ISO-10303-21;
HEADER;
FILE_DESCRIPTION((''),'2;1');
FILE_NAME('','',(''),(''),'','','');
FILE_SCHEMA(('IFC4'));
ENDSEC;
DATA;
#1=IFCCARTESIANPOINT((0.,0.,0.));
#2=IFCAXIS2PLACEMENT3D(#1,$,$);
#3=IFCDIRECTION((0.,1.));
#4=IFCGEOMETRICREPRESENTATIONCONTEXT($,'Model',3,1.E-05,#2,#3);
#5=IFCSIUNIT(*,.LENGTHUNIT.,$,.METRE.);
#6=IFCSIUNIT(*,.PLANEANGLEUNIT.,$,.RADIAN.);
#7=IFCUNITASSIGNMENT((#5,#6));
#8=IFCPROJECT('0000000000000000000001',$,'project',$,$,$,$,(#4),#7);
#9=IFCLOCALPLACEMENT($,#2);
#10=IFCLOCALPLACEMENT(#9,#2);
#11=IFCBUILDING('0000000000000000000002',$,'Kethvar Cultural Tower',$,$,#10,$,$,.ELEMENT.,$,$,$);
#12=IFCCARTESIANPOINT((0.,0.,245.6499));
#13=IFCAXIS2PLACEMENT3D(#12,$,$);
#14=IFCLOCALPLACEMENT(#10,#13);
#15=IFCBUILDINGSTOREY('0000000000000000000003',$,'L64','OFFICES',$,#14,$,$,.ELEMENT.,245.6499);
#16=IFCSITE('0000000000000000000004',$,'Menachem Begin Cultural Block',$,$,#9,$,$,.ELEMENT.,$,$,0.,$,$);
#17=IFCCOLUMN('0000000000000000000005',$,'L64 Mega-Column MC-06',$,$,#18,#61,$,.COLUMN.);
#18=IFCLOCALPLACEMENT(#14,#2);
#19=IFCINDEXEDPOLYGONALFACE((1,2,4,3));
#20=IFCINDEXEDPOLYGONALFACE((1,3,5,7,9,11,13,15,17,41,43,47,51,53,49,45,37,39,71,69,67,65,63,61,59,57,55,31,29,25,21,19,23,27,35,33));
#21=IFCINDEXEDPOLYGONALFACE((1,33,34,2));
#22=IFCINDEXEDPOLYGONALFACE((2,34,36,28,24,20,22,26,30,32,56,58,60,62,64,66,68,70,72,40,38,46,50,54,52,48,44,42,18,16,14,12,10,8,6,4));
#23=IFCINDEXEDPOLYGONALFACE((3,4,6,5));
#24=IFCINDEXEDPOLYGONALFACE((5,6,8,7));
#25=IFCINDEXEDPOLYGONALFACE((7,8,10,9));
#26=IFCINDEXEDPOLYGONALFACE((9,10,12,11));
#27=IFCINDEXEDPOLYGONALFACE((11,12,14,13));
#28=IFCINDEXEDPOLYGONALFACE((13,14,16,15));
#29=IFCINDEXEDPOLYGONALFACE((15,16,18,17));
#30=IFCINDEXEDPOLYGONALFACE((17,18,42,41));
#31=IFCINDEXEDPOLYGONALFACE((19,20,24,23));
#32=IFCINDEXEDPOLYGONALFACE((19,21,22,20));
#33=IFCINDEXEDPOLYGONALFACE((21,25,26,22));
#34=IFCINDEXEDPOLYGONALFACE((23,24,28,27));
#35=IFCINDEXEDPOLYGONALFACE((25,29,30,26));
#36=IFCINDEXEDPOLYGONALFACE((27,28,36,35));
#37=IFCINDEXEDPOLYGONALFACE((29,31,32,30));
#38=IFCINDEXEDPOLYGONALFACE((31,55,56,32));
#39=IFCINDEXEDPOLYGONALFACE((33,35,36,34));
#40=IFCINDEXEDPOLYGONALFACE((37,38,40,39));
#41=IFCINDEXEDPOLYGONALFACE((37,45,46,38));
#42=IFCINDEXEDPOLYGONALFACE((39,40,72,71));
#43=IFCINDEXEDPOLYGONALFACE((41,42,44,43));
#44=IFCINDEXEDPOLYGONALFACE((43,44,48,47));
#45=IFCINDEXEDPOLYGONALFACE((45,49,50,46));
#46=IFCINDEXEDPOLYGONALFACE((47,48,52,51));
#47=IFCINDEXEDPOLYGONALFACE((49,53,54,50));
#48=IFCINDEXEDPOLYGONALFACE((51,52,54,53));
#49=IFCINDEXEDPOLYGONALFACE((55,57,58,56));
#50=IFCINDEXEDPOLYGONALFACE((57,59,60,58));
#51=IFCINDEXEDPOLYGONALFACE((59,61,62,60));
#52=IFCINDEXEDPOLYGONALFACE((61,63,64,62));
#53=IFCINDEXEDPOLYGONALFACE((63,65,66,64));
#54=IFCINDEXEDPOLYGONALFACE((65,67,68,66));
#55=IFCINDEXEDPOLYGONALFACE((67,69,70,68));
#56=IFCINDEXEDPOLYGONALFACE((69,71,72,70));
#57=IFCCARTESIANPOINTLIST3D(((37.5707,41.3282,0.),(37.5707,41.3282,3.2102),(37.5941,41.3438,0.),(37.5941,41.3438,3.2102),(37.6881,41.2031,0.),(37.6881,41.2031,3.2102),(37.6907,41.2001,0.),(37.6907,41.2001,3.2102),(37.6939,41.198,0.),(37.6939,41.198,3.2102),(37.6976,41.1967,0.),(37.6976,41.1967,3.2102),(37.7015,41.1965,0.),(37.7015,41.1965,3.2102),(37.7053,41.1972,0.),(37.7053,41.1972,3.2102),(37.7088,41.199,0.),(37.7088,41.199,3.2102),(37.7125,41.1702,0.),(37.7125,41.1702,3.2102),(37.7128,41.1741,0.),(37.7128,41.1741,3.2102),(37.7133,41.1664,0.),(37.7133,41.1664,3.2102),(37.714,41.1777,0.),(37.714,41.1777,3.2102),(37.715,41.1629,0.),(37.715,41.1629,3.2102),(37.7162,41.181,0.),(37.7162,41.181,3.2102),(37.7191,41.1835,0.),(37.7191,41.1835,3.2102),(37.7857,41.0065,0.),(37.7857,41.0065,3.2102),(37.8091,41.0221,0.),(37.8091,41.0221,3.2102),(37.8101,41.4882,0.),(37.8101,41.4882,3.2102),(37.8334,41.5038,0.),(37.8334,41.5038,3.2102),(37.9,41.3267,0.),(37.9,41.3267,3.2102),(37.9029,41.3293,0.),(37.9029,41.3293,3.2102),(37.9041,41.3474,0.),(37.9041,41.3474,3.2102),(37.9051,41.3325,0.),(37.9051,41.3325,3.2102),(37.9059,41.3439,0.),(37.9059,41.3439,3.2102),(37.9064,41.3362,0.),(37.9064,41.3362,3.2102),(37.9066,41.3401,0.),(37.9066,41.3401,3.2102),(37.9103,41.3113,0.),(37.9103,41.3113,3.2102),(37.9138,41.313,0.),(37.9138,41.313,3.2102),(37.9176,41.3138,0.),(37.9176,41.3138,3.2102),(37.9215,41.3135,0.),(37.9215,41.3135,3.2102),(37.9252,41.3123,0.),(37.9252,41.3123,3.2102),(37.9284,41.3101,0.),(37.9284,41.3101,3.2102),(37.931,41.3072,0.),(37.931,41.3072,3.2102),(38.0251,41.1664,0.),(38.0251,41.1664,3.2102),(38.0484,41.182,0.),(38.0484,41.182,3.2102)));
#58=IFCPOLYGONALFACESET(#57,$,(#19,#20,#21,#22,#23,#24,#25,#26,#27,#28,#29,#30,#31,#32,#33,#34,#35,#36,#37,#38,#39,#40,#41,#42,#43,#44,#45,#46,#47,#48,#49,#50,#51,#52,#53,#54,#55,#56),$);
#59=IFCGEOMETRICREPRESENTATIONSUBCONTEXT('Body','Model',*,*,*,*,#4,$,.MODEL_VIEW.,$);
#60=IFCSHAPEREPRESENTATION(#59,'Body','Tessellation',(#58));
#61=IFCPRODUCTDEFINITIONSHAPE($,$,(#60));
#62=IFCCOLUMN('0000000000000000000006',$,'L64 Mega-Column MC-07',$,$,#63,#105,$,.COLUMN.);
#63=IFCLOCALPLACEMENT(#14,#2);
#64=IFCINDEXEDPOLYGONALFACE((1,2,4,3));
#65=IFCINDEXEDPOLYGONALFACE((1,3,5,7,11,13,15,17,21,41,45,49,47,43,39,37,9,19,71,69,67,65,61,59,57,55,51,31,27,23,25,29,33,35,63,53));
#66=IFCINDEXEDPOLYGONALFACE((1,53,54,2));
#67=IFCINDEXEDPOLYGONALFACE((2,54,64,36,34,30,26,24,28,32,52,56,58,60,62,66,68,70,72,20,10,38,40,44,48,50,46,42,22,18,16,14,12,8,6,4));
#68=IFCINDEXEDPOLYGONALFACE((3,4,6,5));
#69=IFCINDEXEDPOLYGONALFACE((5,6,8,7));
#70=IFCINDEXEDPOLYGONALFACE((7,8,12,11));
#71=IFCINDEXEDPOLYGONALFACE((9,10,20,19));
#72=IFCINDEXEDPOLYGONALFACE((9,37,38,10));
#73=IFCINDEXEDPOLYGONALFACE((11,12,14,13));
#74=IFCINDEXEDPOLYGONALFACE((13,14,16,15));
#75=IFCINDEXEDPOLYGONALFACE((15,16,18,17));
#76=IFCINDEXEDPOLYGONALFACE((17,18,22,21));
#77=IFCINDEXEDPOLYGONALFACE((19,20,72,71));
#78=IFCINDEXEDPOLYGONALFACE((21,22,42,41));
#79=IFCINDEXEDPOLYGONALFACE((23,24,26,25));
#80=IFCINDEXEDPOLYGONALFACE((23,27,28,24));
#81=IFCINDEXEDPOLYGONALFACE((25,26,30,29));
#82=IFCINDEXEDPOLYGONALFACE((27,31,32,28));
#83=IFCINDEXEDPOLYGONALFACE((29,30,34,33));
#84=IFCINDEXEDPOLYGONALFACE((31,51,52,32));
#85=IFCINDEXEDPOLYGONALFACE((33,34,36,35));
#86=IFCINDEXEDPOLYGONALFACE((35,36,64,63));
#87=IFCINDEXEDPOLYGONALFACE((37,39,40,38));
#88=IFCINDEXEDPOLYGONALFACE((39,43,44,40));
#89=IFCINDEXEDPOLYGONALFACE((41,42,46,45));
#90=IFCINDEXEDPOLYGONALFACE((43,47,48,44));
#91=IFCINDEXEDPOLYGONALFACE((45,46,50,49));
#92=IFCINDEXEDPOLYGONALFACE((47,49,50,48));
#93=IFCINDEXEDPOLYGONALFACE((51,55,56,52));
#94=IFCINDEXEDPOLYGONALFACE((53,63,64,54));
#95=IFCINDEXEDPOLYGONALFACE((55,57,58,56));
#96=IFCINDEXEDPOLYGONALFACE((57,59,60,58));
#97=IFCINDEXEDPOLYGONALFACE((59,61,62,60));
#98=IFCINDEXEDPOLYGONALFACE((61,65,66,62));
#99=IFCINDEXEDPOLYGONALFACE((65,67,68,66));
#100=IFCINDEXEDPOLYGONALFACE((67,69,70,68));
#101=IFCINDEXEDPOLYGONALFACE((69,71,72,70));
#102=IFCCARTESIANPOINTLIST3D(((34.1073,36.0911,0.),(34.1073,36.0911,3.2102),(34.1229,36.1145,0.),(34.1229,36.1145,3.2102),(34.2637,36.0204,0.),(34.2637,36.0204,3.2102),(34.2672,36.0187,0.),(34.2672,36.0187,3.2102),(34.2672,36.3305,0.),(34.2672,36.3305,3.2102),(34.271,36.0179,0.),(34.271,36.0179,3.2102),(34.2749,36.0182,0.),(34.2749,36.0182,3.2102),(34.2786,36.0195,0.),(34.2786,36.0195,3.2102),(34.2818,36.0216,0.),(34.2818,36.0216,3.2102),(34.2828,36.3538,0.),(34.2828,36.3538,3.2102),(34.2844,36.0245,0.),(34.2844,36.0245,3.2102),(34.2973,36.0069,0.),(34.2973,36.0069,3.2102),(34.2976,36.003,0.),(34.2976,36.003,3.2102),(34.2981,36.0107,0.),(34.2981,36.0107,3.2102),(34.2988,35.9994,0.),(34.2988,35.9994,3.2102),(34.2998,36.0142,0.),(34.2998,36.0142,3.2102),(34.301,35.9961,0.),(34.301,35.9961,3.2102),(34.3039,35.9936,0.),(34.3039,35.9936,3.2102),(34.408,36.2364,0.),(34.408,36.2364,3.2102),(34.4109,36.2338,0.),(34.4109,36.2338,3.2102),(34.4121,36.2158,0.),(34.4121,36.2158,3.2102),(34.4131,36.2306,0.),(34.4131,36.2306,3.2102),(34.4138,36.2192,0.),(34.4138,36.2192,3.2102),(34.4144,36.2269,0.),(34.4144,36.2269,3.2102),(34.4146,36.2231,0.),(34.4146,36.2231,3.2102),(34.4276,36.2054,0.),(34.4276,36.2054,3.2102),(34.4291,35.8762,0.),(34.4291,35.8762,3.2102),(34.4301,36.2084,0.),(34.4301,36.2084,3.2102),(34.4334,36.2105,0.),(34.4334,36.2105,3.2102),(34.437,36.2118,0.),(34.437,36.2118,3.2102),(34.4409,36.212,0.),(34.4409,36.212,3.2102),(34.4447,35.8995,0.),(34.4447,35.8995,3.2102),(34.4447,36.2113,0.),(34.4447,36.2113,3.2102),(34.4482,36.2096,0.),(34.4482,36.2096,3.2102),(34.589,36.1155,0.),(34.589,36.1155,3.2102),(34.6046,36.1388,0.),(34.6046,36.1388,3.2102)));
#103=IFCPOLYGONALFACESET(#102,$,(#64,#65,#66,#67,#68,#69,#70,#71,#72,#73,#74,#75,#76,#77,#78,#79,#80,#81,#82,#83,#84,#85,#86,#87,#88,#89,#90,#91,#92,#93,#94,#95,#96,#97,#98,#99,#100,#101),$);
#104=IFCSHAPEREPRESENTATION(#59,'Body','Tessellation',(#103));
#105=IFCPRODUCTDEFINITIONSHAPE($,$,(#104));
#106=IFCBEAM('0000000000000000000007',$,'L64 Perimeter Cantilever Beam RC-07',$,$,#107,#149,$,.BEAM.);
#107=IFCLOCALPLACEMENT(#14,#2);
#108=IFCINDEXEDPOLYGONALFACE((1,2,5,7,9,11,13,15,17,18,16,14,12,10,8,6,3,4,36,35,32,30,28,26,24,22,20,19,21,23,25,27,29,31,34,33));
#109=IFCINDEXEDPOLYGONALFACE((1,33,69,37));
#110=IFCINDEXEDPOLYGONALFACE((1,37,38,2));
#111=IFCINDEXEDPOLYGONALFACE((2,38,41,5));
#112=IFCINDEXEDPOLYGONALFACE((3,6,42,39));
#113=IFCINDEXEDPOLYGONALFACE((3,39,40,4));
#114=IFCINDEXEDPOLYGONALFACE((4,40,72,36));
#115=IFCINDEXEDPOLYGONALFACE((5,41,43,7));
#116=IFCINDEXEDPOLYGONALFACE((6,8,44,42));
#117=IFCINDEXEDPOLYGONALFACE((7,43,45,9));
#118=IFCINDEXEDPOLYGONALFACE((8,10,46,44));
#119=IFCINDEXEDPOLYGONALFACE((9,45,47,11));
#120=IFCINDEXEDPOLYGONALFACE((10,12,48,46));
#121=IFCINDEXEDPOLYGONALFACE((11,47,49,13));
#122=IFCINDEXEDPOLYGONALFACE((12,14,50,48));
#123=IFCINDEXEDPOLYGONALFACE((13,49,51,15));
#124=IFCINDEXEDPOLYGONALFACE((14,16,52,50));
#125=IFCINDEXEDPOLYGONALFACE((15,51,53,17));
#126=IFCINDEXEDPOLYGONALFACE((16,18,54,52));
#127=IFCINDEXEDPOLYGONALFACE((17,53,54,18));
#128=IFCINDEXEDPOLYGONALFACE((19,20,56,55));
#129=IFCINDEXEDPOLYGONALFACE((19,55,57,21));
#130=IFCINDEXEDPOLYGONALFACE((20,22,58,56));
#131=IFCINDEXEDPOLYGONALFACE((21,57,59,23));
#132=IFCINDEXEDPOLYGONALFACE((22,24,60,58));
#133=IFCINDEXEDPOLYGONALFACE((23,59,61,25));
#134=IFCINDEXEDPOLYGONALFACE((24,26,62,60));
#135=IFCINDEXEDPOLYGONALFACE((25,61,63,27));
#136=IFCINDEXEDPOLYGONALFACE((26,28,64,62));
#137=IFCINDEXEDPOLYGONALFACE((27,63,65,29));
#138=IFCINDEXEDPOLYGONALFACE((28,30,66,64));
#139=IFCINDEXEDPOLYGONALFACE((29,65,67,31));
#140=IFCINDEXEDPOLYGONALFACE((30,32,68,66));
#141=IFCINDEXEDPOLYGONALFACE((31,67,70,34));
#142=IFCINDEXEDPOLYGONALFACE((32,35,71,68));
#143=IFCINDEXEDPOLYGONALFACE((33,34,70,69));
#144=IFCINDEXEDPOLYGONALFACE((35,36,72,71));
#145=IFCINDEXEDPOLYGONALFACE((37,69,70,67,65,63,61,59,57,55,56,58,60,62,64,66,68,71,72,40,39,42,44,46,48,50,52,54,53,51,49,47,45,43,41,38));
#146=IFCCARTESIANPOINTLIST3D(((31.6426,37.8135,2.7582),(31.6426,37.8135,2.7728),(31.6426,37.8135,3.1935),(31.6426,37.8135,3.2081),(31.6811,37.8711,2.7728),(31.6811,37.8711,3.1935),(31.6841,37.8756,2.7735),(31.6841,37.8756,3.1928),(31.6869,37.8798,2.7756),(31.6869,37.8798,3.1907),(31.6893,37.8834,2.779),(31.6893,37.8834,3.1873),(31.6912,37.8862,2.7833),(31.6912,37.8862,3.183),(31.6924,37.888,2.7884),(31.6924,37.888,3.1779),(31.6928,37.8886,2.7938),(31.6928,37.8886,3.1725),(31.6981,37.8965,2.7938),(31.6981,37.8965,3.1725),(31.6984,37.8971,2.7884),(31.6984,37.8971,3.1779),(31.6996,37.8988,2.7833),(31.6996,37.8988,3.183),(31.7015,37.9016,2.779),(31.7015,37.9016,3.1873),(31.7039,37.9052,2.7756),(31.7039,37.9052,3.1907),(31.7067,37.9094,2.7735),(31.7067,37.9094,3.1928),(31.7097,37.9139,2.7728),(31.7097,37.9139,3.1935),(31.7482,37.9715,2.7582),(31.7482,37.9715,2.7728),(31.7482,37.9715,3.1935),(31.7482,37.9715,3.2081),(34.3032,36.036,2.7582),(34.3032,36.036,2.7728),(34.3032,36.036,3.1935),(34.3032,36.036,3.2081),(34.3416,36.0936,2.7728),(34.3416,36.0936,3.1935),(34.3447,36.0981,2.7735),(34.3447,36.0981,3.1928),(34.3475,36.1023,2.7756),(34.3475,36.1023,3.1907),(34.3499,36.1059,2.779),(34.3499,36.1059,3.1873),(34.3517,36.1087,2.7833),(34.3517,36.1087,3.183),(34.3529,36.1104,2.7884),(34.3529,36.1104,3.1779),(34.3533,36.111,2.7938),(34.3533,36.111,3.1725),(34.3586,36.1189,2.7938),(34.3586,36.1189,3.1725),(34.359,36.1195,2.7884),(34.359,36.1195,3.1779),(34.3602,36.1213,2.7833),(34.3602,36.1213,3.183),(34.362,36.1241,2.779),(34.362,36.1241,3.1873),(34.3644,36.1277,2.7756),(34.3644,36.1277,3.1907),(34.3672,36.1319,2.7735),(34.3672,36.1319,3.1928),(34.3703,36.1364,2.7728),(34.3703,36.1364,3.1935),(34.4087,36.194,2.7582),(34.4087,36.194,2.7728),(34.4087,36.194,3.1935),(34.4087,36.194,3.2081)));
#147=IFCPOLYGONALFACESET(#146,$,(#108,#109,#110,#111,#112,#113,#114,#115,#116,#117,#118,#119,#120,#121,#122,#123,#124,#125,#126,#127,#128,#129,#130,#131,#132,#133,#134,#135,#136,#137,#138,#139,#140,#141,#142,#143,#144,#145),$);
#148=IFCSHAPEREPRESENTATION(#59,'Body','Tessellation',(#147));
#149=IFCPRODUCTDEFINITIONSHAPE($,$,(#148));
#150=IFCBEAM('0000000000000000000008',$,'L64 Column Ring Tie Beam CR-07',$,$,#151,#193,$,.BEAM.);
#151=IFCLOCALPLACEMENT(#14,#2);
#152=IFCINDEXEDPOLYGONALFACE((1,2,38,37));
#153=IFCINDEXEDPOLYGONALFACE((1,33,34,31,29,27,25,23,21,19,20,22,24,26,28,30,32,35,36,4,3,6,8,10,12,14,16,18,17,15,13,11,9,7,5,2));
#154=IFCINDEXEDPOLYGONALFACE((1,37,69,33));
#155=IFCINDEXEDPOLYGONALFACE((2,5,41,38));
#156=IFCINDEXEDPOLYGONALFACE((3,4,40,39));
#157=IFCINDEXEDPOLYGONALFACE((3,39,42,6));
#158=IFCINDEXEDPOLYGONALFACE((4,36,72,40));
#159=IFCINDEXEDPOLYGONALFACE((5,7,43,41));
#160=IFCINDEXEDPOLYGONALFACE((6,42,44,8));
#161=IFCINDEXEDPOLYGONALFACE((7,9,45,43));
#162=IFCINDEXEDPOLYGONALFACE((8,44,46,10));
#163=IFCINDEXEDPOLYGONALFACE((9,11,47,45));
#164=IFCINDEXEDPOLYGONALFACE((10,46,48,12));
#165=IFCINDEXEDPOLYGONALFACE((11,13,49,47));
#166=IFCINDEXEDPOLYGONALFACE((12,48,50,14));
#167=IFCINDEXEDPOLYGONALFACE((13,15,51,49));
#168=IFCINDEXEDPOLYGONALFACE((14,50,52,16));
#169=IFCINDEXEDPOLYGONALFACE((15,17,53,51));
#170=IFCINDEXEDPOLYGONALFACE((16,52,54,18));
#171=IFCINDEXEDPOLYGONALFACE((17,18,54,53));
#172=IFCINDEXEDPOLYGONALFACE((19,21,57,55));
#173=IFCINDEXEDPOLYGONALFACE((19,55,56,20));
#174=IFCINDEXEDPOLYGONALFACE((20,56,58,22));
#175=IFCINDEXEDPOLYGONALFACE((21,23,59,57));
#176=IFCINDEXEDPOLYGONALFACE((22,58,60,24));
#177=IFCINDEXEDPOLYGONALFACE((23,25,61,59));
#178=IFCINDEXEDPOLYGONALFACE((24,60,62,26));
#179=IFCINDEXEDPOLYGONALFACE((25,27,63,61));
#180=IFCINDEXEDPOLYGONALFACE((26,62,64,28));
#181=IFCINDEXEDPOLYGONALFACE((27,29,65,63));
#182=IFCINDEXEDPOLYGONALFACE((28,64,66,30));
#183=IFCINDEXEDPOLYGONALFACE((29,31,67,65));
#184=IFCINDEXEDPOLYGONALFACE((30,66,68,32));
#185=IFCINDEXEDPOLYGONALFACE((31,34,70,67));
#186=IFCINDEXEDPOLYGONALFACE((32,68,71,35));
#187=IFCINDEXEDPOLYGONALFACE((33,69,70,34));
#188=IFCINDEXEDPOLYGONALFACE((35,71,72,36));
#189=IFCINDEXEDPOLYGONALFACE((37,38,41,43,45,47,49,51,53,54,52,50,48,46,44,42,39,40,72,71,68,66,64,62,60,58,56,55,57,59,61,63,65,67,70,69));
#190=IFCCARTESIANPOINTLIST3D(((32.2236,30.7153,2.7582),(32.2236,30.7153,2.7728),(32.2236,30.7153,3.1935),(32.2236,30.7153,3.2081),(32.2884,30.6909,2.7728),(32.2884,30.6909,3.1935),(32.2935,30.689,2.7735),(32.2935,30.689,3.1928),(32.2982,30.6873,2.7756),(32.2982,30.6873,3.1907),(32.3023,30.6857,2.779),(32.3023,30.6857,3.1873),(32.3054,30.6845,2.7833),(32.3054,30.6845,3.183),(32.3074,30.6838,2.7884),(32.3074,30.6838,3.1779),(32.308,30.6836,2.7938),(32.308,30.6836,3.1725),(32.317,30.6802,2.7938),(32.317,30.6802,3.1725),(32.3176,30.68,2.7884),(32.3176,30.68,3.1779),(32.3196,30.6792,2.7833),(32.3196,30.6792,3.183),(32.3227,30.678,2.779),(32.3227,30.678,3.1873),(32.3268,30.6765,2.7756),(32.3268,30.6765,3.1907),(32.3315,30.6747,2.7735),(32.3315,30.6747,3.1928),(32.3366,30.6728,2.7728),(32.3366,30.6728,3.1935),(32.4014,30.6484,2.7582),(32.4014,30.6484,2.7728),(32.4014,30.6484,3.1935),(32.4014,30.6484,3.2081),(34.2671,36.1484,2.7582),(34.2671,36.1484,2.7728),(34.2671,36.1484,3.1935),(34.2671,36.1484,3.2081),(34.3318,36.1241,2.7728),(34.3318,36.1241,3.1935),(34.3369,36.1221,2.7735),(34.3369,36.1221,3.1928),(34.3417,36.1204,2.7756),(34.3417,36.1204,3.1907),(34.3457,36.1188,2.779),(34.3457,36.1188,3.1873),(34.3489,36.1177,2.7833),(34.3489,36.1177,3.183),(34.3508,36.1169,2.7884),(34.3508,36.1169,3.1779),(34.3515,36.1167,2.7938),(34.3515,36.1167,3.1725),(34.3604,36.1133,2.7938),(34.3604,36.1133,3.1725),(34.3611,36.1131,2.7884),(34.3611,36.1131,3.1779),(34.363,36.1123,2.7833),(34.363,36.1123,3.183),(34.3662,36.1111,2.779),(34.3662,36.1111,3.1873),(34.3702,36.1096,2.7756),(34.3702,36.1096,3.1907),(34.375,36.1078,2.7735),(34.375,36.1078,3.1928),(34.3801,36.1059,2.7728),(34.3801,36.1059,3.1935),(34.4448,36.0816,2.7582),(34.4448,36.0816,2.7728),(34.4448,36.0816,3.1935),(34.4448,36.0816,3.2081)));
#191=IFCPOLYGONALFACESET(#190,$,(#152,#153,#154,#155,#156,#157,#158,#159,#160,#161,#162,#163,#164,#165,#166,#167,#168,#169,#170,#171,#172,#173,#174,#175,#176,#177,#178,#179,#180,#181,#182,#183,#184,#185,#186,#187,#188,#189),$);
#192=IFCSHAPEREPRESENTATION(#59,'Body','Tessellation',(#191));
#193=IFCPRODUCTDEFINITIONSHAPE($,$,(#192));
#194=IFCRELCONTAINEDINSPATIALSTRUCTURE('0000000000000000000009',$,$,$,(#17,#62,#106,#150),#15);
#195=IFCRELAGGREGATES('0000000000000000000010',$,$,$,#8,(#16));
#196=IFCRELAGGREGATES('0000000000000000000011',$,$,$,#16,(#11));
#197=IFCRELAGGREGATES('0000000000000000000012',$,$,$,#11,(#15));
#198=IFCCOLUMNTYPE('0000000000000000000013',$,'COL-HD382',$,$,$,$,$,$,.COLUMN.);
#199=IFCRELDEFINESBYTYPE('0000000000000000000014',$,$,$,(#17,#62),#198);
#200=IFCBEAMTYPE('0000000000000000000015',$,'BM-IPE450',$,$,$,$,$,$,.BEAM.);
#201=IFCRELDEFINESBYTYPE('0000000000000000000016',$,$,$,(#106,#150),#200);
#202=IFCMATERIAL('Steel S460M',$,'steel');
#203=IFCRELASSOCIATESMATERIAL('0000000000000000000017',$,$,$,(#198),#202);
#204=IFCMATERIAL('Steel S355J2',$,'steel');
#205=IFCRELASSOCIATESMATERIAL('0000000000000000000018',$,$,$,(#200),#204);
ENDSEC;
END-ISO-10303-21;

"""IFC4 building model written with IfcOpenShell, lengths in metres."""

from ifc_helpers import new_model, si_unit, direction, frame, origin, origin_2d, place, context, subcontext, project, spatial, i_section, extrude, source, transform, mapped, material, material_profile, profile_set, type_object, element, save


model = new_model("IFC4")

# Units and contexts
model_context = context("Model", 3, precision=1e-05, world=origin(), true_north=direction((0.0, 1.0)))
body_context = subcontext(model_context, "Body", "Model", "MODEL_VIEW")
ifc_project = project(units=[si_unit("LENGTHUNIT", "METRE"), si_unit("PLANEANGLEUNIT", "RADIAN")], contexts=[model_context])

# Site, building, storey
site_placement = place(None, origin())
site = spatial("IfcSite", under=ifc_project, at=site_placement, Name="Menachem Begin Cultural Block", CompositionType="ELEMENT", RefElevation=0.0)
building_placement = place(site_placement, origin())
building = spatial("IfcBuilding", under=site, at=building_placement, Name="Kethvar Cultural Tower", CompositionType="ELEMENT")
storey_placement = place(building_placement, frame((0.0, 0.0, 245.6499)))
storey = spatial("IfcBuildingStorey", under=building, at=storey_placement, Name="L64", Description="OFFICES", CompositionType="ELEMENT", Elevation=245.6499)

# Columns
ifc_material_1 = material(Name="Steel S460M", Category="steel")
ifc_material_profile_1 = material_profile(ifc_material_1, i_section(OverallWidth=0.387, OverallDepth=0.3159, WebThickness=0.0186, FlangeThickness=0.0281, FilletRadius=0.0149, at=origin_2d()), Name="Steel S460M — HD400x382")
ifc_profile_set_1 = profile_set([ifc_material_profile_1], Name="Steel S460M — HD400x382")
column_type = type_object("IfcColumnType", Name="COL-HD382", PredefinedType="COLUMN", material=ifc_profile_set_1)
shared_shape_1 = source(origin(), body_context, "Body", "SweptSolid", [
    extrude(i_section(OverallWidth=0.387, OverallDepth=0.3159, WebThickness=0.0186, FlangeThickness=0.0281, FilletRadius=0.0149, at=origin_2d()), origin(), (0.0, 0.0, 1.0), 3.2102),
])
for number, where, z_axis, x_axis, name in (
    (1, (37.8096, 41.2551, 0.0), (0.0, 0.0, 1.0), (-0.55557, 0.83147, 0.0), "L64 Mega-Column MC-06"),
    (2, (34.356, 36.115, 0.0), (0.0, 0.0, 1.0), (-0.83147, 0.55557, 0.0), "L64 Mega-Column MC-07"),
):
    element("IfcColumn", number, at=place(storey_placement, frame(where, z_axis=z_axis, x_axis=x_axis)), inside=storey, type_object=column_type, Name=name, PredefinedType="COLUMN", context=body_context, shape_type="MappedRepresentation", body=[
        mapped(shared_shape_1, transform((0.0, 0.0, 0.0), scale=1.0)),
    ])

# Beams
ifc_material_2 = material(Name="Steel S355J2", Category="steel")
ifc_material_profile_2 = material_profile(ifc_material_2, i_section(OverallWidth=0.1899, OverallDepth=0.45, WebThickness=0.0095, FlangeThickness=0.0146, FilletRadius=0.021, at=origin_2d()), Name="Steel S355J2 — IPE450")
ifc_profile_set_2 = profile_set([ifc_material_profile_2], Name="Steel S355J2 — IPE450")
beam_type_1 = type_object("IfcBeamType", Name="BM-IPE450", PredefinedType="BEAM", material=ifc_profile_set_2)
shared_shape_2 = source(origin(), body_context, "Body", "SweptSolid", [
    extrude(i_section(OverallWidth=0.1899, OverallDepth=0.45, WebThickness=0.0095, FlangeThickness=0.0146, FilletRadius=0.021, at=origin_2d()), origin(), (0.0, 0.0, 1.0), 3.1997),
])
beam_1_placement = place(storey_placement, frame((34.356, 36.115, 2.9832), z_axis=(-0.831498, 0.555527, 0.0), x_axis=(-0.555527, -0.831498, 0.0)))
element("IfcBeam", 3, at=beam_1_placement, inside=storey, type_object=beam_type_1, Name="L64 Perimeter Cantilever Beam RC-07", PredefinedType="BEAM", context=body_context, shape_type="MappedRepresentation", body=[
    mapped(shared_shape_2, transform((0.0, 0.0, 0.0), scale=1.0)),
])
shared_shape_3 = source(origin(), body_context, "Body", "SweptSolid", [
    extrude(i_section(OverallWidth=0.1899, OverallDepth=0.45, WebThickness=0.0095, FlangeThickness=0.0146, FilletRadius=0.021, at=origin_2d()), origin(), (0.0, 0.0, 1.0), 5.8047),
])
beam_2_placement = place(storey_placement, frame((34.356, 36.115, 2.9832), z_axis=(-0.352036, -0.935986, 0.0), x_axis=(0.935986, -0.352036, 0.0)))
element("IfcBeam", 4, at=beam_2_placement, inside=storey, type_object=beam_type_1, Name="L64 Column Ring Tie Beam CR-07", PredefinedType="BEAM", context=body_context, shape_type="MappedRepresentation", body=[
    mapped(shared_shape_3, transform((0.0, 0.0, 0.0), scale=1.0)),
])

save(model, "model.ifc")
